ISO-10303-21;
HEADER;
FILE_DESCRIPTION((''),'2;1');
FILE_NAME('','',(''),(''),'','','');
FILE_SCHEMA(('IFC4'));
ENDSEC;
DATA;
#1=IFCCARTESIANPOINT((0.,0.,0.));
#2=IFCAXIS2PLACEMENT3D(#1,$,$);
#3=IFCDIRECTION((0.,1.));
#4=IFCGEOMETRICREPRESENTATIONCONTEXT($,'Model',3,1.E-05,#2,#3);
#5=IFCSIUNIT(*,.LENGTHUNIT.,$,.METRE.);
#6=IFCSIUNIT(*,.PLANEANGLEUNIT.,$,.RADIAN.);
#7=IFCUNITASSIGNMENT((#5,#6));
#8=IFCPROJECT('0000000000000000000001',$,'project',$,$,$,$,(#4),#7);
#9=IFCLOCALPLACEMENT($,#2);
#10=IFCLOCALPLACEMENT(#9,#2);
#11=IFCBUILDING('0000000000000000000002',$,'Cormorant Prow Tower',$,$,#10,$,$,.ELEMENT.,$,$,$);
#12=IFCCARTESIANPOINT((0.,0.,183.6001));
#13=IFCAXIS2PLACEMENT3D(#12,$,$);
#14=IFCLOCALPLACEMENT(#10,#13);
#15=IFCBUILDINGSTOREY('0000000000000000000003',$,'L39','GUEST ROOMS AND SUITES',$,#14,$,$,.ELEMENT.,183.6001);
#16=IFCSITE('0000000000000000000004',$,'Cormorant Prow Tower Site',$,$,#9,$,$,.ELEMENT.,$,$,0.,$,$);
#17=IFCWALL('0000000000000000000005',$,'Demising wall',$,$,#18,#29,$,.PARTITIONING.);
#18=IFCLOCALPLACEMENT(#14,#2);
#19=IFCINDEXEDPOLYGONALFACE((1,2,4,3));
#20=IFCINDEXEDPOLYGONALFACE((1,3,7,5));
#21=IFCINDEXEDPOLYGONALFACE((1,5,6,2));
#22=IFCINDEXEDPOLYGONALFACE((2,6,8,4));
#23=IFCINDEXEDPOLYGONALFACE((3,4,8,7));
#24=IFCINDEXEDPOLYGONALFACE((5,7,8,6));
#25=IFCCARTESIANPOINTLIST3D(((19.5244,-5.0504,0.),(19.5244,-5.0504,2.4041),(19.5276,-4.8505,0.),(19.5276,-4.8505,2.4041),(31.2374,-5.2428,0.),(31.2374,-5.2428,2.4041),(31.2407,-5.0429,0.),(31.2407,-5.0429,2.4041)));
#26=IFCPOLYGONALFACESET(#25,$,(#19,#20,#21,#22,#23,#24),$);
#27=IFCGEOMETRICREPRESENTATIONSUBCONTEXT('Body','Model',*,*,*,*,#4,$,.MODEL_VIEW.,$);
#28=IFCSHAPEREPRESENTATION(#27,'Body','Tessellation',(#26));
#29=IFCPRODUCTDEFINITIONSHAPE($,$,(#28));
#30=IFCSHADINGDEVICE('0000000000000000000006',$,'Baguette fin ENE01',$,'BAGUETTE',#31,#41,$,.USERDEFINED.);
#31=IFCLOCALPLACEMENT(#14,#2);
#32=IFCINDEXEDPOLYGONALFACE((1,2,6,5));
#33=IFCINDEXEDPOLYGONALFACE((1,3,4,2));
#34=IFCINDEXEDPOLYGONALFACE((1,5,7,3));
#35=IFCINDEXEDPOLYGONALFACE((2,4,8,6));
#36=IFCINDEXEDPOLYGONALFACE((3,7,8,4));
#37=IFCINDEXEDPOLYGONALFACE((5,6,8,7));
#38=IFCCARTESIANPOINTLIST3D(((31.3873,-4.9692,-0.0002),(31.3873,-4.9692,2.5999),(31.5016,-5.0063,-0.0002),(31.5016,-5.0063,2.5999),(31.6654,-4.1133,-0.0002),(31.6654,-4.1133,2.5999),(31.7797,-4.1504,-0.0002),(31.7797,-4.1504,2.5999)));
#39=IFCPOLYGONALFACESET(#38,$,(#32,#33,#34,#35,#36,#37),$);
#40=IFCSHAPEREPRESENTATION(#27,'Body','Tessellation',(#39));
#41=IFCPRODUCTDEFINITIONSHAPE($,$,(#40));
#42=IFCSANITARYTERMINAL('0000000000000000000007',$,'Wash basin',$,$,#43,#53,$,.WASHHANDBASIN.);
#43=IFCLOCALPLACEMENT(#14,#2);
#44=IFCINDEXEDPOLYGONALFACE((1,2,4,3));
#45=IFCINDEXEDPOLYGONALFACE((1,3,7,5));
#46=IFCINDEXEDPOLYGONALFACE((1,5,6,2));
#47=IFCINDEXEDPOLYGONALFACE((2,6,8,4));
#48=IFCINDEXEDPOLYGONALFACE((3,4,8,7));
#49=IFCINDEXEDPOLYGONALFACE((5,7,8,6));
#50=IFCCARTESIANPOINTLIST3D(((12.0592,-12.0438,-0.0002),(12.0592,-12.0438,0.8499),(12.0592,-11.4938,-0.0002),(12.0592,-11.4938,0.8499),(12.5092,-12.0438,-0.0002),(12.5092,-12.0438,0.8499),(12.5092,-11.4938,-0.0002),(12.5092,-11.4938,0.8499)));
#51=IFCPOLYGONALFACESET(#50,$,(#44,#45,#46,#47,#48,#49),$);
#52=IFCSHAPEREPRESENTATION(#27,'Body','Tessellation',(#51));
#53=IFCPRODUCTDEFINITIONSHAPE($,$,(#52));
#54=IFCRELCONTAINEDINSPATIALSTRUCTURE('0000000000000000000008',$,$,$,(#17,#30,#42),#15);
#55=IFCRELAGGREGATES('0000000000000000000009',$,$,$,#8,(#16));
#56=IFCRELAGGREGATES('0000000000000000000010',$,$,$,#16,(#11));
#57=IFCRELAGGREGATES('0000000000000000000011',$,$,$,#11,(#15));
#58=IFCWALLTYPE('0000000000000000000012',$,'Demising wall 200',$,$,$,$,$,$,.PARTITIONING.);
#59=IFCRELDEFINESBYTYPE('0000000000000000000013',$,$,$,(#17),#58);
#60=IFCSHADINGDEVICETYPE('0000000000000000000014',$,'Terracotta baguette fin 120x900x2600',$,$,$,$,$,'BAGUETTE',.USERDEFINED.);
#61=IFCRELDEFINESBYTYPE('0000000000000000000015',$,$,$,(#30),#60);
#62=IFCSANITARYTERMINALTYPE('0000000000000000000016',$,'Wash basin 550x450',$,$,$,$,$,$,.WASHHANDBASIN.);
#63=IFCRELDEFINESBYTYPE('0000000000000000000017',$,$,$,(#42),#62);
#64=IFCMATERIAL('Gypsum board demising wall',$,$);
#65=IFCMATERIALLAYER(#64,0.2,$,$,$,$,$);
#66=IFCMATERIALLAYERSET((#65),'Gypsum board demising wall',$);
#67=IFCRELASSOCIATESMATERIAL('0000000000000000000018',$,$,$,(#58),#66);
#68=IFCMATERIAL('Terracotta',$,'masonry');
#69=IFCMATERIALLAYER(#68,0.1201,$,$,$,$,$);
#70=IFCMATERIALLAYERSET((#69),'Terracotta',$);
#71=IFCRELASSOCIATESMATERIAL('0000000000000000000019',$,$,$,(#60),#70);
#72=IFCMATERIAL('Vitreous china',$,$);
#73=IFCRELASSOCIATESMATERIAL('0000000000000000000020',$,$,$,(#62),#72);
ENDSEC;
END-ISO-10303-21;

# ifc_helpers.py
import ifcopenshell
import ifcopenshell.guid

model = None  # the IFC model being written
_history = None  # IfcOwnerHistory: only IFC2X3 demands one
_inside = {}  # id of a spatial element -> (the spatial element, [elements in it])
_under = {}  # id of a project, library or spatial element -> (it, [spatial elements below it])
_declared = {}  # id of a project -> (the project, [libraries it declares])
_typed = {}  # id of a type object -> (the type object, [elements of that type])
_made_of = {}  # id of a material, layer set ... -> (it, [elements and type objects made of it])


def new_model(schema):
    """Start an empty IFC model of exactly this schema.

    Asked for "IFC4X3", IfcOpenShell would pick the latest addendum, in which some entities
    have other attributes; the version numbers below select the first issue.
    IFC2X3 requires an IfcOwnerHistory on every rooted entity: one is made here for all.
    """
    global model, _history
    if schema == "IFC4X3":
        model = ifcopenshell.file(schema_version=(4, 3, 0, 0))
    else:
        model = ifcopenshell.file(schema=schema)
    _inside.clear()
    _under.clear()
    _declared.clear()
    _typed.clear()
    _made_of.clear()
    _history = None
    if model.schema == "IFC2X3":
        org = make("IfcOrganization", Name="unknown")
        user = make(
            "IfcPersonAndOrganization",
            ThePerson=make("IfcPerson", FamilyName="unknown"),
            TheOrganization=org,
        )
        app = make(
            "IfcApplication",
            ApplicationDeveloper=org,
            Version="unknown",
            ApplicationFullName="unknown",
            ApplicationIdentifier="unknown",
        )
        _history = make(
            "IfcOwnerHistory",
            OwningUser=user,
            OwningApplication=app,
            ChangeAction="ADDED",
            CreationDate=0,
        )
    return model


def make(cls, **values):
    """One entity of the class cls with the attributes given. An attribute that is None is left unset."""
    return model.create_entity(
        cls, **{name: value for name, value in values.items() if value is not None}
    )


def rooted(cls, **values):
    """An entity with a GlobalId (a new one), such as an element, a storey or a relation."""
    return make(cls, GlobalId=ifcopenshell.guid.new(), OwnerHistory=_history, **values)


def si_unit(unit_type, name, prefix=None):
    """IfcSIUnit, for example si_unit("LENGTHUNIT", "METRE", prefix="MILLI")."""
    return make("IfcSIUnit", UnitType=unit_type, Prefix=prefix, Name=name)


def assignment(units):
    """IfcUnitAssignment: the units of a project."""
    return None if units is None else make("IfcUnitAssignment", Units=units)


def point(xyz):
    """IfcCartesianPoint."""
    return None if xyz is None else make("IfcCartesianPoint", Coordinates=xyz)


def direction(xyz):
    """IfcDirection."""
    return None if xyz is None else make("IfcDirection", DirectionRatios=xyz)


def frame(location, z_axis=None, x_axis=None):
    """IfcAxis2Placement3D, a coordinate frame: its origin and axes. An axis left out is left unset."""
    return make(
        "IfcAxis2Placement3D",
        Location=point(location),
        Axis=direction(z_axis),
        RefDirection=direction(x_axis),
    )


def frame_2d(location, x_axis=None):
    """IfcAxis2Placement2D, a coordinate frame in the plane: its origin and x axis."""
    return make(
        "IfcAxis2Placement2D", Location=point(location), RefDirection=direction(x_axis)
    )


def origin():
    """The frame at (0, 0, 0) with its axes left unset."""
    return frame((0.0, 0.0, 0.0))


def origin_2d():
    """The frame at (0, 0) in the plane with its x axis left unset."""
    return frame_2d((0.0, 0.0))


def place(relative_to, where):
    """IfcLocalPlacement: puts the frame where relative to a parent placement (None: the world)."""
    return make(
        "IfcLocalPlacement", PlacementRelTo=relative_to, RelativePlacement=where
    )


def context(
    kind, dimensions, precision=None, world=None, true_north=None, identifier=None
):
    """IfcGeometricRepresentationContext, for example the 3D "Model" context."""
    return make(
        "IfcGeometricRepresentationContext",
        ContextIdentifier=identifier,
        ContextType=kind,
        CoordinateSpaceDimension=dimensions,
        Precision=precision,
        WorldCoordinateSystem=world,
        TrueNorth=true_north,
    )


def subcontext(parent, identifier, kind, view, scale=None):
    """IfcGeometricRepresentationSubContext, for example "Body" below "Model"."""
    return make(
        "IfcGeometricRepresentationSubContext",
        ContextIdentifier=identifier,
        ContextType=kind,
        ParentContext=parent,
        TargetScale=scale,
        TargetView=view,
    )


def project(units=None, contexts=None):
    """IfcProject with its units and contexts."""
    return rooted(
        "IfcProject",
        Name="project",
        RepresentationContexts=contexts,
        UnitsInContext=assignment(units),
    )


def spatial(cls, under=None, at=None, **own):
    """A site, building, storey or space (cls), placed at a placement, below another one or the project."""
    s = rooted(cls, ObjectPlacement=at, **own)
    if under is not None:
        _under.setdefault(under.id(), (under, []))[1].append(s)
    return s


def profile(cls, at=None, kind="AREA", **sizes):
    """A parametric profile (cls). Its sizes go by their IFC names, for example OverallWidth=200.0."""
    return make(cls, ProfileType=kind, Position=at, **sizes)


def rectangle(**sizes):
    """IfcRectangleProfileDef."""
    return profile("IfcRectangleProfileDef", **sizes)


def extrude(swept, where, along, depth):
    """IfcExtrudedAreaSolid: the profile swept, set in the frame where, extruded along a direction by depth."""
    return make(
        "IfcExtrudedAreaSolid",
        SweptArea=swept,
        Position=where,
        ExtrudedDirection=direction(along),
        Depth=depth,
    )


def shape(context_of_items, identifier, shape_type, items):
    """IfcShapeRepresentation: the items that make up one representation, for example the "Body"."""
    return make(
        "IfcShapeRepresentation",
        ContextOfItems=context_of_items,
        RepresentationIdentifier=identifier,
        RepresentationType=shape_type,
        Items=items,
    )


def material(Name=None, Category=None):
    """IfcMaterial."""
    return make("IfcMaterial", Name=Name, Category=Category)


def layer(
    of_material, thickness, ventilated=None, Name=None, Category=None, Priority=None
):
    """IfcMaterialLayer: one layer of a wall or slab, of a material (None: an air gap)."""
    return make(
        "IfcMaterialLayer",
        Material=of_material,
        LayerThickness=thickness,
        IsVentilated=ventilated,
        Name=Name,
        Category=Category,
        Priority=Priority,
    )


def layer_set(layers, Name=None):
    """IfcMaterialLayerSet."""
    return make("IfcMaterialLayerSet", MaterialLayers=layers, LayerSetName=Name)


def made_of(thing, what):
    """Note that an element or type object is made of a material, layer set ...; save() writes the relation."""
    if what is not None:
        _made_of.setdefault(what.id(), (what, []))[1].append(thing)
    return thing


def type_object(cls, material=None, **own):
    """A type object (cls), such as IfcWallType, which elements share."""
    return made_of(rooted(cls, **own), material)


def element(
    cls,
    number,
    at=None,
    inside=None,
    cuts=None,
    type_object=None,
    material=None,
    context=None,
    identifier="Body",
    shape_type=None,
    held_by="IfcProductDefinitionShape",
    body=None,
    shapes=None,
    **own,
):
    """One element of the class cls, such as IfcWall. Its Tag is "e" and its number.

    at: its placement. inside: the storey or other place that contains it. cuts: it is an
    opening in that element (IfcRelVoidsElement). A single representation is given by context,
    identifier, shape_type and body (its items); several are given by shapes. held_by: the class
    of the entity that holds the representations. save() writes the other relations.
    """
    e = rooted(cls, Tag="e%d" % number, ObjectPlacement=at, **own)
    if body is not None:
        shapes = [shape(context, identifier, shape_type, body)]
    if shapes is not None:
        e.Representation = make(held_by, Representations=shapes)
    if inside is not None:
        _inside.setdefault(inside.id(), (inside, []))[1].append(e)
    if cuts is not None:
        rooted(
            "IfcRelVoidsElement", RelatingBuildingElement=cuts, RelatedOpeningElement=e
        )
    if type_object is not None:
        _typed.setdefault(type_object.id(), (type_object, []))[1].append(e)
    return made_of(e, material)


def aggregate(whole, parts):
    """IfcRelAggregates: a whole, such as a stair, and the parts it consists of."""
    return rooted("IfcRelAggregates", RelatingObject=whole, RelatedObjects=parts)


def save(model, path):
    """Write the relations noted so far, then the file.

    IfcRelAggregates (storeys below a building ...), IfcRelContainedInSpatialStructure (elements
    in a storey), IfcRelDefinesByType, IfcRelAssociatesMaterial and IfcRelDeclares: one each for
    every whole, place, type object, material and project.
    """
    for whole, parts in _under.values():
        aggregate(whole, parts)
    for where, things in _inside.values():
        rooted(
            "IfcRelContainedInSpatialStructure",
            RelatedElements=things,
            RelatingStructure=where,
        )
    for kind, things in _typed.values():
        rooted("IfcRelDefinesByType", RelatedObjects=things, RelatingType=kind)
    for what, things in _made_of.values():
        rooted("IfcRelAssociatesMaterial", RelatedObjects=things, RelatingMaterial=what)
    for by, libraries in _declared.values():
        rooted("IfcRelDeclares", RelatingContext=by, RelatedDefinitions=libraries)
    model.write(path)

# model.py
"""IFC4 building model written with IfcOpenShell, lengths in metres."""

from ifc_helpers import new_model, si_unit, direction, frame, frame_2d, origin, origin_2d, place, context, subcontext, project, spatial, rectangle, extrude, material, layer, layer_set, type_object, element, save


model = new_model("IFC4")

# Units and contexts
model_context = context("Model", 3, precision=1e-05, world=origin(), true_north=direction((0.0, 1.0)))
body_context = subcontext(model_context, "Body", "Model", "MODEL_VIEW")
ifc_project = project(units=[si_unit("LENGTHUNIT", "METRE"), si_unit("PLANEANGLEUNIT", "RADIAN")], contexts=[model_context])

# Site, building, storey
site_placement = place(None, origin())
site = spatial("IfcSite", under=ifc_project, at=site_placement, Name="Cormorant Prow Tower Site", CompositionType="ELEMENT", RefElevation=0.0)
building_placement = place(site_placement, origin())
building = spatial("IfcBuilding", under=site, at=building_placement, Name="Cormorant Prow Tower", CompositionType="ELEMENT")
storey_placement = place(building_placement, frame((0.0, 0.0, 183.6001)))
storey = spatial("IfcBuildingStorey", under=building, at=storey_placement, Name="L39", Description="GUEST ROOMS AND SUITES", CompositionType="ELEMENT", Elevation=183.6001)

# Wall
ifc_material_1 = material(Name="Gypsum board demising wall")
ifc_layer_1 = layer(ifc_material_1, 0.2)
ifc_layer_set_1 = layer_set([ifc_layer_1], Name="Gypsum board demising wall")
wall_type_1 = type_object("IfcWallType", Name="Demising wall 200", PredefinedType="PARTITIONING", material=ifc_layer_set_1)
wall_1_placement = place(storey_placement, frame((19.5259, -4.9504, 0.0), z_axis=(0.0, 0.0, 1.0), x_axis=(0.999865, -0.016422, 0.0)))
element("IfcWall", 1, at=wall_1_placement, inside=storey, type_object=wall_type_1, Name="Demising wall", PredefinedType="PARTITIONING", context=body_context, shape_type="SweptSolid", body=[
    extrude(rectangle(XDim=11.7146, YDim=0.2, at=frame_2d((5.8574, 0.0))), origin(), (0.0, 0.0, 1.0), 2.4041),
])

# Shading device
ifc_material_2 = material(Name="Terracotta", Category="masonry")
ifc_layer_2 = layer(ifc_material_2, 0.1201)
ifc_layer_set_2 = layer_set([ifc_layer_2], Name="Terracotta")
shading_device_type = type_object("IfcShadingDeviceType", Name="Terracotta baguette fin 120x900x2600", ElementType="BAGUETTE", PredefinedType="USERDEFINED", material=ifc_layer_set_2)
shading_device_placement = place(storey_placement, frame((31.5835, -4.5598, -0.0002), z_axis=(0.0, 0.0, 1.0), x_axis=(-0.951057, 0.309017, 0.0)))
element("IfcShadingDevice", 2, at=shading_device_placement, inside=storey, type_object=shading_device_type, Name="Baguette fin ENE01", ObjectType="BAGUETTE", PredefinedType="USERDEFINED", context=body_context, shape_type="SweptSolid", body=[
    extrude(rectangle(XDim=0.1201, YDim=0.8999, at=origin_2d()), origin(), (0.0, 0.0, 1.0), 2.6001),
])

# Sanitary terminal
ifc_material_3 = material(Name="Vitreous china")
sanitary_terminal_type = type_object("IfcSanitaryTerminalType", Name="Wash basin 550x450", PredefinedType="WASHHANDBASIN", material=ifc_material_3)
sanitary_terminal_placement = place(storey_placement, frame((12.2842, -11.7688, -0.0002), z_axis=(0.0, 0.0, 1.0), x_axis=(0.0, -1.0, 0.0)))
element("IfcSanitaryTerminal", 3, at=sanitary_terminal_placement, inside=storey, type_object=sanitary_terminal_type, Name="Wash basin", PredefinedType="WASHHANDBASIN", context=body_context, shape_type="SweptSolid", body=[
    extrude(rectangle(XDim=0.55, YDim=0.45, at=origin_2d()), origin(), (0.0, 0.0, 1.0), 0.8501),
])

save(model, "model.ifc")
